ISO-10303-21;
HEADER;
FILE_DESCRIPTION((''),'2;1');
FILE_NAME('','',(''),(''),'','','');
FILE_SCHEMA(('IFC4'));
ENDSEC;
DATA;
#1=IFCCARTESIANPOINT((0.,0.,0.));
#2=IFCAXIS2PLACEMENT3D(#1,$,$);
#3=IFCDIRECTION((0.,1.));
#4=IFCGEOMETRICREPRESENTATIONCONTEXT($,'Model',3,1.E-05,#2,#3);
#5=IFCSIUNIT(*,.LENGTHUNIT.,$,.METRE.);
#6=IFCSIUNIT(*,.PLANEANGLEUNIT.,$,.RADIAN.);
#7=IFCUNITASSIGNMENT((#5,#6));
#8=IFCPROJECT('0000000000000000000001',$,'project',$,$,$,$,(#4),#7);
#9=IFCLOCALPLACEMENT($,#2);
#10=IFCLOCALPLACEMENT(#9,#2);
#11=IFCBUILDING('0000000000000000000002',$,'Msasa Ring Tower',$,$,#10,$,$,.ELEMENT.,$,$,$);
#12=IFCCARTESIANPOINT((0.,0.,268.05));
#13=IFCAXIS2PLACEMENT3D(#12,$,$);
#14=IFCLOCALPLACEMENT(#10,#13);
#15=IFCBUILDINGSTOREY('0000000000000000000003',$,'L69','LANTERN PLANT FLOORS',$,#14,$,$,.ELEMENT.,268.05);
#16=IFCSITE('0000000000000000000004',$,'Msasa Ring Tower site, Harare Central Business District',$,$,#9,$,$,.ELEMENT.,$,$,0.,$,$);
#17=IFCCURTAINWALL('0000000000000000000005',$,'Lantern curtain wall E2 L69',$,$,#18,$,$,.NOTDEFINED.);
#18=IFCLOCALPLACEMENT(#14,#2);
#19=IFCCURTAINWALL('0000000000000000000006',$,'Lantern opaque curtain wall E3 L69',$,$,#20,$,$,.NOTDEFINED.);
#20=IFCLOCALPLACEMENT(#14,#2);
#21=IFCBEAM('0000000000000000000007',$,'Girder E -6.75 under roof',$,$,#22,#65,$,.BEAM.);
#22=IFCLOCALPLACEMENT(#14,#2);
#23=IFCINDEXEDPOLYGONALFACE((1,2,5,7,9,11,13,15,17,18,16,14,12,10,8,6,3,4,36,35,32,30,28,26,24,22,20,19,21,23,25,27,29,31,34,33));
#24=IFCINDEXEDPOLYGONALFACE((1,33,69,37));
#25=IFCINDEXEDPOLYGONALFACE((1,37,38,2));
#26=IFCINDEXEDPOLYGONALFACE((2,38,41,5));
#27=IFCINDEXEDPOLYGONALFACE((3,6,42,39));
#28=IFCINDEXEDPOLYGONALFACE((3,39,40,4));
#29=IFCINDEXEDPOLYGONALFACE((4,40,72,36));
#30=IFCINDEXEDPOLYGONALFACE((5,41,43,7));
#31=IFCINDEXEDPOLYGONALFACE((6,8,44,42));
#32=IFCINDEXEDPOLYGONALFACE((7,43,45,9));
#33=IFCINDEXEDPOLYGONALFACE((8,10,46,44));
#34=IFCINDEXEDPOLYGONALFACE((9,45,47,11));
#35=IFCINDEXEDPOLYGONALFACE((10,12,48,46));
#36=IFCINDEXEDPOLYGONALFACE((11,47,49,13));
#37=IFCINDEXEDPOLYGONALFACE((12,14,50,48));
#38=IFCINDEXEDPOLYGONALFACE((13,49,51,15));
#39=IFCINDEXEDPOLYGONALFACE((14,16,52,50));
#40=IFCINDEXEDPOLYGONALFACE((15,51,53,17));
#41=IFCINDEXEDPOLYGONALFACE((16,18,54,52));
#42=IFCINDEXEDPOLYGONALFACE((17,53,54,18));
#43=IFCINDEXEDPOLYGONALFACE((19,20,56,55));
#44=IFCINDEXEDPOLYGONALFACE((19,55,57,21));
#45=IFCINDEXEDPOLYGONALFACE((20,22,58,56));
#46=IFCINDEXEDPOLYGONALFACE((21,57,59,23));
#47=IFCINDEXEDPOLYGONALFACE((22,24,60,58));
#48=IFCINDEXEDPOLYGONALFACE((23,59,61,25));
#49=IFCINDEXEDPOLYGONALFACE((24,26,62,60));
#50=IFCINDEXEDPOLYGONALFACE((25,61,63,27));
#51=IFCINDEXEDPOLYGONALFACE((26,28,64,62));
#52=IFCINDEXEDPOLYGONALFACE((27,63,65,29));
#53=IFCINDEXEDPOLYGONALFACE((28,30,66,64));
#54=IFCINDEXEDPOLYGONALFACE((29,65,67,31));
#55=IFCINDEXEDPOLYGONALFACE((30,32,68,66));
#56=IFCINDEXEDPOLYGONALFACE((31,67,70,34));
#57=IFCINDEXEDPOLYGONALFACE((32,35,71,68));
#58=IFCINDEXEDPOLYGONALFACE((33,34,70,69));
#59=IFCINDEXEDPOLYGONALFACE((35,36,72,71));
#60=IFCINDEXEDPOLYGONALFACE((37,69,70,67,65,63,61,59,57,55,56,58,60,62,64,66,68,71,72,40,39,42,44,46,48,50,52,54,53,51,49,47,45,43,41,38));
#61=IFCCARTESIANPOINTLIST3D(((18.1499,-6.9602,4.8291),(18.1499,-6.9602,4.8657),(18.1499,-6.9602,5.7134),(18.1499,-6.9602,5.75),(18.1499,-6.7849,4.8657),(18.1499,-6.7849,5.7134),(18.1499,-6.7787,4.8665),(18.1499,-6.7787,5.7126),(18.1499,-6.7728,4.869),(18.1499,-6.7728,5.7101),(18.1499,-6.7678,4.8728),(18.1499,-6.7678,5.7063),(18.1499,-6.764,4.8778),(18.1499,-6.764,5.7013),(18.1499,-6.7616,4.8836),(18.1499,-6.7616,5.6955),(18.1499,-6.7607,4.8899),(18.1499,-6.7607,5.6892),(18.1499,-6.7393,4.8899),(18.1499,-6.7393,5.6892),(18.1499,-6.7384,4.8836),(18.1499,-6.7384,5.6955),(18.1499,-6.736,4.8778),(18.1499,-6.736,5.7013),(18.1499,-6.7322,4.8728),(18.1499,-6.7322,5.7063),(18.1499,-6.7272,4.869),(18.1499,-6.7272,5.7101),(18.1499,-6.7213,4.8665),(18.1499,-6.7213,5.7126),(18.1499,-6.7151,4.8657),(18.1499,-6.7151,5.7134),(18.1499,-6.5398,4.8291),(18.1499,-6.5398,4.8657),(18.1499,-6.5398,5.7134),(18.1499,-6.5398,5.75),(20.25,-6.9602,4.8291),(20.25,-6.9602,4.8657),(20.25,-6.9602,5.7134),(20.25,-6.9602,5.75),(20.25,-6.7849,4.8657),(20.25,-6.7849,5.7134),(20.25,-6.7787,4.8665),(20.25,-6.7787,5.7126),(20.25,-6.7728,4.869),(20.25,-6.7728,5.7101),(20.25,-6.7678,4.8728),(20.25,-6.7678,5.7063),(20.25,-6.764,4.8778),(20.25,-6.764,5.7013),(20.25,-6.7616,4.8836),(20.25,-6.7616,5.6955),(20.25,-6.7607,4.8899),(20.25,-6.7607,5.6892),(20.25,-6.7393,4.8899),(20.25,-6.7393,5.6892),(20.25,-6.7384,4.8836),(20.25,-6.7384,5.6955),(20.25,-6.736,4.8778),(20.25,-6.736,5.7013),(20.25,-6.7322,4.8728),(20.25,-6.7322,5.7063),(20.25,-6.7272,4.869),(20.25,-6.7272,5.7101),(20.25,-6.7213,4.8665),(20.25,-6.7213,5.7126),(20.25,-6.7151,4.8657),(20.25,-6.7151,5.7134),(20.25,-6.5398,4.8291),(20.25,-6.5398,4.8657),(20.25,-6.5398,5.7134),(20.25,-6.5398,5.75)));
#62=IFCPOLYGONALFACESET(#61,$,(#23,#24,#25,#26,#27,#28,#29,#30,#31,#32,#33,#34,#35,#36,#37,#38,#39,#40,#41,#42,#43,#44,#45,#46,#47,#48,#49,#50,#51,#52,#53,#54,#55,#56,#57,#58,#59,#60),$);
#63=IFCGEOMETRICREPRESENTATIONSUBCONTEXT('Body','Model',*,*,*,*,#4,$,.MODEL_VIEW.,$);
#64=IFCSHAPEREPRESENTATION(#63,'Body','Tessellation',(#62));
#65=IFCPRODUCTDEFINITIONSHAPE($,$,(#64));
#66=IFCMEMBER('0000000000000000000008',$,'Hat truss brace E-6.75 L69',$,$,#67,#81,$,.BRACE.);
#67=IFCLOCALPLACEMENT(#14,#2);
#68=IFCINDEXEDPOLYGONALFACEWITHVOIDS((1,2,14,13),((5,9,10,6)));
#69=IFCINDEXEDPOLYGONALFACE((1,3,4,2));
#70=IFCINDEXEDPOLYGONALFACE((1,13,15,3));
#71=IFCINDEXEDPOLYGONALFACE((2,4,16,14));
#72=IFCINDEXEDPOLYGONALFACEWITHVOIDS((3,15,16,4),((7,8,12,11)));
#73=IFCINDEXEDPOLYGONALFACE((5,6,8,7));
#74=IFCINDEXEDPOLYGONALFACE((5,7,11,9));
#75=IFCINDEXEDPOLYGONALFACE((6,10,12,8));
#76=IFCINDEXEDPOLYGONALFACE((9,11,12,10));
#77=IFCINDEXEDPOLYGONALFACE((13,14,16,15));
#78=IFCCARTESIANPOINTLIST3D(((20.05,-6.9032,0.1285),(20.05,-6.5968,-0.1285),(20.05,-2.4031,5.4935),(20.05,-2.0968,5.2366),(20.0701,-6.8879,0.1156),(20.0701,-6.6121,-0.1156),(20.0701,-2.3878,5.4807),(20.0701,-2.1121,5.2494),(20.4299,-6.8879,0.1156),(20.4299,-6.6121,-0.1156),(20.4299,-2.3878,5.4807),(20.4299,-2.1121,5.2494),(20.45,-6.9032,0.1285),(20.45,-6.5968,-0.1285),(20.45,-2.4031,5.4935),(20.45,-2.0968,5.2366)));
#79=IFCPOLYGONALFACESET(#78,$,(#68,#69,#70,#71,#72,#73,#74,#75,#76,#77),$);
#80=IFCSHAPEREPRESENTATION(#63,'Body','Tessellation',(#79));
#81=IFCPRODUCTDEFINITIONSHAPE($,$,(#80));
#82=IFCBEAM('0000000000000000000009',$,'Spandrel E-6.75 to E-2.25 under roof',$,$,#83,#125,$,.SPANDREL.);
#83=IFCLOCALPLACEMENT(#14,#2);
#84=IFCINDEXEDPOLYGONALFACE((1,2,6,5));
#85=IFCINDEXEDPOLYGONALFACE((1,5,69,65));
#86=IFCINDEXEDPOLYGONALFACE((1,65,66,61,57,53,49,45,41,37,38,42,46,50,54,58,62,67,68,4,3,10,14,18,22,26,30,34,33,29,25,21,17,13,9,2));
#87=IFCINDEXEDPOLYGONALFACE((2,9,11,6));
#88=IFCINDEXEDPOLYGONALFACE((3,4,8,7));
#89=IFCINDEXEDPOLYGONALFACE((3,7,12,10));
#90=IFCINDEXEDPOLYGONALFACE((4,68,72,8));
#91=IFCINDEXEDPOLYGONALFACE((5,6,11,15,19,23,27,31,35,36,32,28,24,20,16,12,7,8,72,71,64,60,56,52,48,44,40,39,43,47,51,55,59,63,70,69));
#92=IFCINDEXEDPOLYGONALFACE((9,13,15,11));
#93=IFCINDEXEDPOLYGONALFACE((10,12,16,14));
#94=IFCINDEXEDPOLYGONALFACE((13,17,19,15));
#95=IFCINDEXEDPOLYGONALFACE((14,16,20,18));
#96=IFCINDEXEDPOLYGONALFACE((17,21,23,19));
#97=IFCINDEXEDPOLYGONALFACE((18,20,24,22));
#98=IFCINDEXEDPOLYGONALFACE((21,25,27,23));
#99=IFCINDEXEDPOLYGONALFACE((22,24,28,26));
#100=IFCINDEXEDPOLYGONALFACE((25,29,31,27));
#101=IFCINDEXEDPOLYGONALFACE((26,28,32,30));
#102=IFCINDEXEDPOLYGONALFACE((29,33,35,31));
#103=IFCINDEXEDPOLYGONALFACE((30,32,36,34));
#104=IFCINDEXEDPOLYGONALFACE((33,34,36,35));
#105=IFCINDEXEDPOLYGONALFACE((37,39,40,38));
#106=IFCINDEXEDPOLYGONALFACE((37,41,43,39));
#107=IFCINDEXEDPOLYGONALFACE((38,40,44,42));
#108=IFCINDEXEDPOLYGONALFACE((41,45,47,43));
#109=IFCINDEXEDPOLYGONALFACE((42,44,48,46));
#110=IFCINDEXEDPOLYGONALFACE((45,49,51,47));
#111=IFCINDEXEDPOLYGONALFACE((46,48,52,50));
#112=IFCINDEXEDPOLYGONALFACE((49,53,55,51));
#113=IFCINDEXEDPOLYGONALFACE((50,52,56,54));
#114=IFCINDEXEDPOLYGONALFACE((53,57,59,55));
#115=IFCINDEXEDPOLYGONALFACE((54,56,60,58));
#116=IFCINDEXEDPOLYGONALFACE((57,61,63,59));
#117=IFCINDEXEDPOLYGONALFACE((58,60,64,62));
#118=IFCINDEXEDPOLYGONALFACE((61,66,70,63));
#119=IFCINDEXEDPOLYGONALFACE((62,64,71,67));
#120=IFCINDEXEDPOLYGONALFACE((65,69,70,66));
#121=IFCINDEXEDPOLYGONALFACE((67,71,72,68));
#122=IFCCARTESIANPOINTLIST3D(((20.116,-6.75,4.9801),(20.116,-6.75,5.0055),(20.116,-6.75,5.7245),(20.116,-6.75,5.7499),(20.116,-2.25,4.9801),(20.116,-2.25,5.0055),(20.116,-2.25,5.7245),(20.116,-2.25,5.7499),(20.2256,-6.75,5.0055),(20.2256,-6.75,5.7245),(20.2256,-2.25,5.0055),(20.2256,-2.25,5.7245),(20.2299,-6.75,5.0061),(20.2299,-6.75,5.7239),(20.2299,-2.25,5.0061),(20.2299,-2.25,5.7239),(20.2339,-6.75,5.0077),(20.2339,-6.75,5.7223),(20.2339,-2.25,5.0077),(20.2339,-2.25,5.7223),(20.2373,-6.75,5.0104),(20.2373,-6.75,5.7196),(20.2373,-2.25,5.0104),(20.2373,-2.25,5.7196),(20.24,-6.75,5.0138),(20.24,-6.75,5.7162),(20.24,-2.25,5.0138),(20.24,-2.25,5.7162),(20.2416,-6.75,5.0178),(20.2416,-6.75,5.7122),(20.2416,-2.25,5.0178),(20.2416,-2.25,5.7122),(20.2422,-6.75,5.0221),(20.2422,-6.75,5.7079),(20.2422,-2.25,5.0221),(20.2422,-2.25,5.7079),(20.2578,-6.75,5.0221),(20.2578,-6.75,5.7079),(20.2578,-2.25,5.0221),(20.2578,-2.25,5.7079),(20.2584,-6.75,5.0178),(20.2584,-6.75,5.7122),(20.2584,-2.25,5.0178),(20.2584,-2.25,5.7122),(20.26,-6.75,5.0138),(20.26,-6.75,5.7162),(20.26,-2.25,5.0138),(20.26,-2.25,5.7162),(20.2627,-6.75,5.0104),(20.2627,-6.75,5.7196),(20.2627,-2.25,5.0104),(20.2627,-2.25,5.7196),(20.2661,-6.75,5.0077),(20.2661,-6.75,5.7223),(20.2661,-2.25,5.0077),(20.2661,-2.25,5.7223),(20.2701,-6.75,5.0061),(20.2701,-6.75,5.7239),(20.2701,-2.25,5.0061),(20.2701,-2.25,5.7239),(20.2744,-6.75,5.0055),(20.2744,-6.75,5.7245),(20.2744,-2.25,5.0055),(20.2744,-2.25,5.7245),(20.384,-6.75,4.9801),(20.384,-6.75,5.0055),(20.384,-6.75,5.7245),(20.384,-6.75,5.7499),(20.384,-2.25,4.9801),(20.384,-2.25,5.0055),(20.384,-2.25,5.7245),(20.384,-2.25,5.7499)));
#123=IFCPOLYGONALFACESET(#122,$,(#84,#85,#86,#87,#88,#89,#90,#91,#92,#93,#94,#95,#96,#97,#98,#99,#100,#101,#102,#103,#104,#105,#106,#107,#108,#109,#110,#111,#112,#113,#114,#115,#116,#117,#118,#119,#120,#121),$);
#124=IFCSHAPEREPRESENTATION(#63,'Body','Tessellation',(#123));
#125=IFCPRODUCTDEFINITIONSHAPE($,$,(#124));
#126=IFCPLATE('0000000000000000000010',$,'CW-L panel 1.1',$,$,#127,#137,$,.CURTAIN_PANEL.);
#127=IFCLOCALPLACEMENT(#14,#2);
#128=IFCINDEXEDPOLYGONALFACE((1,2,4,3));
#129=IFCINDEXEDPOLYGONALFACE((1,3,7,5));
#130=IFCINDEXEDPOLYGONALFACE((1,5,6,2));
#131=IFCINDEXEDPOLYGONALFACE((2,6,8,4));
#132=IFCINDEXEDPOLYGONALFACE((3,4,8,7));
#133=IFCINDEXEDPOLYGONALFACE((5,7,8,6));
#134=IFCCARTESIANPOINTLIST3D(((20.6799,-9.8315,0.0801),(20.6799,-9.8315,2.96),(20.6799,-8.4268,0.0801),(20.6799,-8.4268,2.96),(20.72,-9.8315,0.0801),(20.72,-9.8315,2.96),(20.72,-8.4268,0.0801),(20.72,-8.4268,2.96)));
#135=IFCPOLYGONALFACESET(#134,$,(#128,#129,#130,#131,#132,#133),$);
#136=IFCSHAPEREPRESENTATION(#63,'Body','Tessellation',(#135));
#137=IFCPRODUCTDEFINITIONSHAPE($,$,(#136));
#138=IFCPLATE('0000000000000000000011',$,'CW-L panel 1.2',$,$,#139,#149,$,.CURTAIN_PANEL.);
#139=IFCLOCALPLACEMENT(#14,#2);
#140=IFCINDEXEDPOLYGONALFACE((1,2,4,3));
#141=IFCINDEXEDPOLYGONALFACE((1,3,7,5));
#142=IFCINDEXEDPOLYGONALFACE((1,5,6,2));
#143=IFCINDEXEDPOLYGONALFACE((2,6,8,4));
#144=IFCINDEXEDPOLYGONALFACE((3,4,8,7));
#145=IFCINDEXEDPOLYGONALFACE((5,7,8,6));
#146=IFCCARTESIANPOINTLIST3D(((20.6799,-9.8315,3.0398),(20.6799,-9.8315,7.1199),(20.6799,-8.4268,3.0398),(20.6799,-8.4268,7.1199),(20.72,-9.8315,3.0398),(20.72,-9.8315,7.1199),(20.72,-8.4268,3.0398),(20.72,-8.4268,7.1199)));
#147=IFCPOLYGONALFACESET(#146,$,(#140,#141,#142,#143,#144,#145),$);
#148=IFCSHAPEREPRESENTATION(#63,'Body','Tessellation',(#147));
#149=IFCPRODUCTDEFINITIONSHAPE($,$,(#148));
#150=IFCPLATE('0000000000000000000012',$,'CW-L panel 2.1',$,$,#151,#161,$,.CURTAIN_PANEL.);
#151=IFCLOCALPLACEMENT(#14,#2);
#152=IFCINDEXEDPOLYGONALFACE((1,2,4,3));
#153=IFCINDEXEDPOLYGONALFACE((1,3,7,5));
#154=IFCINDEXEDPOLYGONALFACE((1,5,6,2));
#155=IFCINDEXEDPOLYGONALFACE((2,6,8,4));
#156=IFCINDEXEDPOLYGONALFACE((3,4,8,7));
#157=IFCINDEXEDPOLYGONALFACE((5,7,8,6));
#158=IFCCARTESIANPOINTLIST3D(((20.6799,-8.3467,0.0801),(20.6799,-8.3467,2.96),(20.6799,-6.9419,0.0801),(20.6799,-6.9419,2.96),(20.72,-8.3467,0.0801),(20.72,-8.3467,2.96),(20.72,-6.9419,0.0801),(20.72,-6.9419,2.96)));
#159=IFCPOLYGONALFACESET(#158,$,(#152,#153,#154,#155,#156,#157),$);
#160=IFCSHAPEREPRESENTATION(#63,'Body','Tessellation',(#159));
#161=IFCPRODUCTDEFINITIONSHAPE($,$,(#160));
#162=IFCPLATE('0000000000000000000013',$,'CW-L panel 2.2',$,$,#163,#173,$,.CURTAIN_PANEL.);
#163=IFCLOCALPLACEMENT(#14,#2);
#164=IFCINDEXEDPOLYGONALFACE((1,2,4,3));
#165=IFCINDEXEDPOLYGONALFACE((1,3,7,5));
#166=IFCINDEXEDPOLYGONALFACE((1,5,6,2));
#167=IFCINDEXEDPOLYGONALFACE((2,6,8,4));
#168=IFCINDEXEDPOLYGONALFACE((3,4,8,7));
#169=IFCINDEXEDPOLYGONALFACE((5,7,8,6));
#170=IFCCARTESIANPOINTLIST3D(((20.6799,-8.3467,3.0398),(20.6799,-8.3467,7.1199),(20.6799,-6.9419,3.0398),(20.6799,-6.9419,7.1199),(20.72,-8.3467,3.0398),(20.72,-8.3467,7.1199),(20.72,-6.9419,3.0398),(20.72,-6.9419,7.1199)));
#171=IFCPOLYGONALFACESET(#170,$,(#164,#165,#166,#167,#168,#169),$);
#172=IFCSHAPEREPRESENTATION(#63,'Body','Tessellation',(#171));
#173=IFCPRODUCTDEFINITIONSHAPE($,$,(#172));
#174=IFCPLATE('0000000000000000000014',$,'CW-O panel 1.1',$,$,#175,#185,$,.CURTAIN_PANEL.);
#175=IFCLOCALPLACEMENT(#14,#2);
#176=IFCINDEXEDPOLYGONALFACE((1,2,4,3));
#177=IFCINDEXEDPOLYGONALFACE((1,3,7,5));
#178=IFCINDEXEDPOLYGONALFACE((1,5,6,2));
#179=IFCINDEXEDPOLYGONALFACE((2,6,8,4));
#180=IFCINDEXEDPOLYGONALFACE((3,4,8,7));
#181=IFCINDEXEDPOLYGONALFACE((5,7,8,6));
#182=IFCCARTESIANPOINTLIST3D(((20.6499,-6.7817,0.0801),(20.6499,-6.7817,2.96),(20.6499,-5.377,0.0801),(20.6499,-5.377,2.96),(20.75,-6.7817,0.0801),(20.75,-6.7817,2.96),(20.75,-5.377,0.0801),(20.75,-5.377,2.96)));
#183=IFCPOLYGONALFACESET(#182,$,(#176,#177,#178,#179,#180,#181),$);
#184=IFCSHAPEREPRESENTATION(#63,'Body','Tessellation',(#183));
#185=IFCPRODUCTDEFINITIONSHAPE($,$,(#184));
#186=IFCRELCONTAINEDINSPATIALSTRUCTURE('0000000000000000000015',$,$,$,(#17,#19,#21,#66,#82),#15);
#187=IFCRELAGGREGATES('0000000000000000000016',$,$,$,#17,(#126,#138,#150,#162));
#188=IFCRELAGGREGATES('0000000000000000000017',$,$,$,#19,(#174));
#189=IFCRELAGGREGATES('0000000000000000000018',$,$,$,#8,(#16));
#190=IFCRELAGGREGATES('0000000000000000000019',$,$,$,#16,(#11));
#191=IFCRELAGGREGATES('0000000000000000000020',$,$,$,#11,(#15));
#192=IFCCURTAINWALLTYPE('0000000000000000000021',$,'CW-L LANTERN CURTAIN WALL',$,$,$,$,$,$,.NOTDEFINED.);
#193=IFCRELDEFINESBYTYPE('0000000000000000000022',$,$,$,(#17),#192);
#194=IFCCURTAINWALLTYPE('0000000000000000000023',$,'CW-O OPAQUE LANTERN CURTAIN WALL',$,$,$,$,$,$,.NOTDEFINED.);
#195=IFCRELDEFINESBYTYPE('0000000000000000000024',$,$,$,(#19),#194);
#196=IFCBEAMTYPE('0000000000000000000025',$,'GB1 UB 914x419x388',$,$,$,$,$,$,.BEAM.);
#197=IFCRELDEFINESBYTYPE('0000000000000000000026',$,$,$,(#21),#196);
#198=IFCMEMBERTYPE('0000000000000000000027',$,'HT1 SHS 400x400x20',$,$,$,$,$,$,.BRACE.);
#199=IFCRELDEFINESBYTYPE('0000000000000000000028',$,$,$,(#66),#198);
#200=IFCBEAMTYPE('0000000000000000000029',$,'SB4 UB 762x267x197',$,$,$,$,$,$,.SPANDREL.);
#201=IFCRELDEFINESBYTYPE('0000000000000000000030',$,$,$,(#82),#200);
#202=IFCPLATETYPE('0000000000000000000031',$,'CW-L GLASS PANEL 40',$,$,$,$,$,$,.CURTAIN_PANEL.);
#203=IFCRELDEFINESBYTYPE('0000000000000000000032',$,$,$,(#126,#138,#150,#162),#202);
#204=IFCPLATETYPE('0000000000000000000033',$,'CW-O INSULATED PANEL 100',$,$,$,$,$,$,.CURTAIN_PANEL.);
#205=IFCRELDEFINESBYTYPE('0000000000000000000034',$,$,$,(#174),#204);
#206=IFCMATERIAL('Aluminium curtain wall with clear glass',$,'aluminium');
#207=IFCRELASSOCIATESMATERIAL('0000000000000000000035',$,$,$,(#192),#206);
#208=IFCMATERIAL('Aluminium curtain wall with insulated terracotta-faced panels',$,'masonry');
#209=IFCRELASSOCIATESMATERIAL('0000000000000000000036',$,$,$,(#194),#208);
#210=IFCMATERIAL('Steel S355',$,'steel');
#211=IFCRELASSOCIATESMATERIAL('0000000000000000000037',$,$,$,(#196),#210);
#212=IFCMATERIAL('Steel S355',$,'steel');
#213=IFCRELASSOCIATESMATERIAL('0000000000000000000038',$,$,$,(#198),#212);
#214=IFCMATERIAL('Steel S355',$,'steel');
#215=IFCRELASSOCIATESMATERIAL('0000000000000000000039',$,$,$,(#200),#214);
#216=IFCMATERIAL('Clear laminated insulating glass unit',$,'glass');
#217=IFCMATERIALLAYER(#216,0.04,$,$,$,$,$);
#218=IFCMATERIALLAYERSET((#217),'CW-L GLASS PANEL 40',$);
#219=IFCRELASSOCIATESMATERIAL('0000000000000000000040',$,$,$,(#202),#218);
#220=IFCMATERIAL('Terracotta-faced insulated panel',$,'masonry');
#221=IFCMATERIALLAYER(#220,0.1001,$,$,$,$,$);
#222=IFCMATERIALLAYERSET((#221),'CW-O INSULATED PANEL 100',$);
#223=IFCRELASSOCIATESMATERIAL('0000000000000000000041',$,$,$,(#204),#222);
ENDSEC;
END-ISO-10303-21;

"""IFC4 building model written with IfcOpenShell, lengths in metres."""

from ifc_helpers import new_model, si_unit, direction, frame, origin, origin_2d, place, context, subcontext, project, spatial, rectangle, hollow_rectangle, i_section, extrude, material, layer, layer_set, material_profile, profile_set, type_object, element, aggregate, save


model = new_model("IFC4")

# Units and contexts
model_context = context("Model", 3, precision=1e-05, world=origin(), true_north=direction((0.0, 1.0)))
body_context = subcontext(model_context, "Body", "Model", "MODEL_VIEW")
ifc_project = project(units=[si_unit("LENGTHUNIT", "METRE"), si_unit("PLANEANGLEUNIT", "RADIAN")], contexts=[model_context])

# Site, building, storey
site_placement = place(None, origin())
site = spatial("IfcSite", under=ifc_project, at=site_placement, Name="Msasa Ring Tower site, Harare Central Business District", CompositionType="ELEMENT", RefElevation=0.0)
building_placement = place(site_placement, origin())
building = spatial("IfcBuilding", under=site, at=building_placement, Name="Msasa Ring Tower", CompositionType="ELEMENT")
storey_placement = place(building_placement, frame((0.0, 0.0, 268.05)))
storey = spatial("IfcBuildingStorey", under=building, at=storey_placement, Name="L69", Description="LANTERN PLANT FLOORS", CompositionType="ELEMENT", Elevation=268.05)

# Curtain walls
ifc_material_1 = material(Name="Aluminium curtain wall with clear glass", Category="aluminium")
curtain_wall_type_1 = type_object("IfcCurtainWallType", Name="CW-L LANTERN CURTAIN WALL", PredefinedType="NOTDEFINED", material=ifc_material_1)
curtain_wall_1_placement = place(storey_placement, origin())
curtain_wall_1 = element("IfcCurtainWall", 1, at=curtain_wall_1_placement, inside=storey, type_object=curtain_wall_type_1, Name="Lantern curtain wall E2 L69", PredefinedType="NOTDEFINED")
ifc_material_2 = material(Name="Aluminium curtain wall with insulated terracotta-faced panels", Category="masonry")
curtain_wall_type_2 = type_object("IfcCurtainWallType", Name="CW-O OPAQUE LANTERN CURTAIN WALL", PredefinedType="NOTDEFINED", material=ifc_material_2)
curtain_wall_2_placement = place(storey_placement, origin())
curtain_wall_2 = element("IfcCurtainWall", 2, at=curtain_wall_2_placement, inside=storey, type_object=curtain_wall_type_2, Name="Lantern opaque curtain wall E3 L69", PredefinedType="NOTDEFINED")

# Beam
ifc_material_3 = material(Name="Steel S355", Category="steel")
ifc_material_profile_1 = material_profile(ifc_material_3, i_section(OverallWidth=0.4204, OverallDepth=0.9209, WebThickness=0.0215, FlangeThickness=0.0366, FilletRadius=0.0242, at=origin_2d()), Name="UB 914x419x388")
ifc_profile_set_1 = profile_set([ifc_material_profile_1], Name="Steel S355")
beam_type_1 = type_object("IfcBeamType", Name="GB1 UB 914x419x388", PredefinedType="BEAM", material=ifc_profile_set_1)
beam_1_placement = place(storey_placement, frame((18.1499, -6.75, 5.2896), z_axis=(1.0, 0.0, 0.0), x_axis=(0.0, 1.0, 0.0)))
element("IfcBeam", 3, at=beam_1_placement, inside=storey, type_object=beam_type_1, Name="Girder E -6.75 under roof", PredefinedType="BEAM", context=body_context, shape_type="SweptSolid", body=[
    extrude(i_section(OverallWidth=0.4204, OverallDepth=0.9209, WebThickness=0.0215, FlangeThickness=0.0366, FilletRadius=0.0242, at=origin_2d()), origin(), (0.0, 0.0, 1.0), 2.1001),
])

# Member
ifc_material_4 = material(Name="Steel S355", Category="steel")
ifc_material_profile_2 = material_profile(ifc_material_4, hollow_rectangle(XDim=0.3999, YDim=0.3999, WallThickness=0.02, at=origin_2d()), Name="SHS 400x400x20")
ifc_profile_set_2 = profile_set([ifc_material_profile_2], Name="Steel S355")
member_type_1 = type_object("IfcMemberType", Name="HT1 SHS 400x400x20", PredefinedType="BRACE", material=ifc_profile_set_2)
member_1_placement = place(storey_placement, frame((20.25, -6.75, 0.0), z_axis=(0.0, 0.64264, 0.766168), x_axis=(-1.0, 0.0, 0.0)))
element("IfcMember", 4, at=member_1_placement, inside=storey, type_object=member_type_1, Name="Hat truss brace E-6.75 L69", PredefinedType="BRACE", context=body_context, shape_type="SweptSolid", body=[
    extrude(hollow_rectangle(XDim=0.3999, YDim=0.3999, WallThickness=0.02, at=origin_2d()), origin(), (0.0, 0.0, 1.0), 7.0024),
])

# Beam
ifc_material_5 = material(Name="Steel S355", Category="steel")
ifc_material_profile_3 = material_profile(ifc_material_5, i_section(OverallWidth=0.2681, OverallDepth=0.7698, WebThickness=0.0156, FlangeThickness=0.0254, FilletRadius=0.0166, at=origin_2d()), Name="UB 762x267x197")
ifc_profile_set_3 = profile_set([ifc_material_profile_3], Name="Steel S355")
beam_type_2 = type_object("IfcBeamType", Name="SB4 UB 762x267x197", PredefinedType="SPANDREL", material=ifc_profile_set_3)
beam_2_placement = place(storey_placement, frame((20.25, -6.75, 5.365), z_axis=(0.0, 1.0, 0.0), x_axis=(-1.0, 0.0, 0.0)))
element("IfcBeam", 5, at=beam_2_placement, inside=storey, type_object=beam_type_2, Name="Spandrel E-6.75 to E-2.25 under roof", PredefinedType="SPANDREL", context=body_context, shape_type="SweptSolid", body=[
    extrude(i_section(OverallWidth=0.2681, OverallDepth=0.7698, WebThickness=0.0156, FlangeThickness=0.0254, FilletRadius=0.0166, at=origin_2d()), origin(), (0.0, 0.0, 1.0), 4.5),
])

# Plates
ifc_material_6 = material(Name="Clear laminated insulating glass unit", Category="glass")
ifc_layer_1 = layer(ifc_material_6, 0.04)
ifc_layer_set_1 = layer_set([ifc_layer_1], Name="CW-L GLASS PANEL 40")
plate_type_1 = type_object("IfcPlateType", Name="CW-L GLASS PANEL 40", PredefinedType="CURTAIN_PANEL", material=ifc_layer_set_1)
plate_1_placement = place(storey_placement, frame((20.7, -9.1292, 0.0801), z_axis=(0.0, 0.0, 1.0), x_axis=(0.0, 1.0, 0.0)))
plate_1 = element("IfcPlate", 6, at=plate_1_placement, type_object=plate_type_1, Name="CW-L panel 1.1", PredefinedType="CURTAIN_PANEL", context=body_context, shape_type="SweptSolid", body=[
    extrude(rectangle(XDim=1.4048, YDim=0.04, at=origin_2d()), origin(), (0.0, 0.0, 1.0), 2.8799),
])
plate_2_placement = place(storey_placement, frame((20.7, -9.1292, 3.0398), z_axis=(0.0, 0.0, 1.0), x_axis=(0.0, 1.0, 0.0)))
plate_2 = element("IfcPlate", 7, at=plate_2_placement, type_object=plate_type_1, Name="CW-L panel 1.2", PredefinedType="CURTAIN_PANEL", context=body_context, shape_type="SweptSolid", body=[
    extrude(rectangle(XDim=1.4048, YDim=0.04, at=origin_2d()), origin(), (0.0, 0.0, 1.0), 4.0801),
])
plate_3_placement = place(storey_placement, frame((20.7, -7.6443, 0.0801), z_axis=(0.0, 0.0, 1.0), x_axis=(0.0, 1.0, 0.0)))
plate_3 = element("IfcPlate", 8, at=plate_3_placement, type_object=plate_type_1, Name="CW-L panel 2.1", PredefinedType="CURTAIN_PANEL", context=body_context, shape_type="SweptSolid", body=[
    extrude(rectangle(XDim=1.4048, YDim=0.04, at=origin_2d()), origin(), (0.0, 0.0, 1.0), 2.8799),
])
plate_4_placement = place(storey_placement, frame((20.7, -7.6443, 3.0398), z_axis=(0.0, 0.0, 1.0), x_axis=(0.0, 1.0, 0.0)))
plate_4 = element("IfcPlate", 9, at=plate_4_placement, type_object=plate_type_1, Name="CW-L panel 2.2", PredefinedType="CURTAIN_PANEL", context=body_context, shape_type="SweptSolid", body=[
    extrude(rectangle(XDim=1.4048, YDim=0.04, at=origin_2d()), origin(), (0.0, 0.0, 1.0), 4.0801),
])
aggregate(curtain_wall_1, [plate_1, plate_2, plate_3, plate_4])
ifc_material_7 = material(Name="Terracotta-faced insulated panel", Category="masonry")
ifc_layer_2 = layer(ifc_material_7, 0.1001)
ifc_layer_set_2 = layer_set([ifc_layer_2], Name="CW-O INSULATED PANEL 100")
plate_type_2 = type_object("IfcPlateType", Name="CW-O INSULATED PANEL 100", PredefinedType="CURTAIN_PANEL", material=ifc_layer_set_2)
plate_5_placement = place(storey_placement, frame((20.7, -6.0793, 0.0801), z_axis=(0.0, 0.0, 1.0), x_axis=(0.0, 1.0, 0.0)))
plate_5 = element("IfcPlate", 10, at=plate_5_placement, type_object=plate_type_2, Name="CW-O panel 1.1", PredefinedType="CURTAIN_PANEL", context=body_context, shape_type="SweptSolid", body=[
    extrude(rectangle(XDim=1.4048, YDim=0.1001, at=origin_2d()), origin(), (0.0, 0.0, 1.0), 2.8799),
])
aggregate(curtain_wall_2, [plate_5])

save(model, "model.ifc")
